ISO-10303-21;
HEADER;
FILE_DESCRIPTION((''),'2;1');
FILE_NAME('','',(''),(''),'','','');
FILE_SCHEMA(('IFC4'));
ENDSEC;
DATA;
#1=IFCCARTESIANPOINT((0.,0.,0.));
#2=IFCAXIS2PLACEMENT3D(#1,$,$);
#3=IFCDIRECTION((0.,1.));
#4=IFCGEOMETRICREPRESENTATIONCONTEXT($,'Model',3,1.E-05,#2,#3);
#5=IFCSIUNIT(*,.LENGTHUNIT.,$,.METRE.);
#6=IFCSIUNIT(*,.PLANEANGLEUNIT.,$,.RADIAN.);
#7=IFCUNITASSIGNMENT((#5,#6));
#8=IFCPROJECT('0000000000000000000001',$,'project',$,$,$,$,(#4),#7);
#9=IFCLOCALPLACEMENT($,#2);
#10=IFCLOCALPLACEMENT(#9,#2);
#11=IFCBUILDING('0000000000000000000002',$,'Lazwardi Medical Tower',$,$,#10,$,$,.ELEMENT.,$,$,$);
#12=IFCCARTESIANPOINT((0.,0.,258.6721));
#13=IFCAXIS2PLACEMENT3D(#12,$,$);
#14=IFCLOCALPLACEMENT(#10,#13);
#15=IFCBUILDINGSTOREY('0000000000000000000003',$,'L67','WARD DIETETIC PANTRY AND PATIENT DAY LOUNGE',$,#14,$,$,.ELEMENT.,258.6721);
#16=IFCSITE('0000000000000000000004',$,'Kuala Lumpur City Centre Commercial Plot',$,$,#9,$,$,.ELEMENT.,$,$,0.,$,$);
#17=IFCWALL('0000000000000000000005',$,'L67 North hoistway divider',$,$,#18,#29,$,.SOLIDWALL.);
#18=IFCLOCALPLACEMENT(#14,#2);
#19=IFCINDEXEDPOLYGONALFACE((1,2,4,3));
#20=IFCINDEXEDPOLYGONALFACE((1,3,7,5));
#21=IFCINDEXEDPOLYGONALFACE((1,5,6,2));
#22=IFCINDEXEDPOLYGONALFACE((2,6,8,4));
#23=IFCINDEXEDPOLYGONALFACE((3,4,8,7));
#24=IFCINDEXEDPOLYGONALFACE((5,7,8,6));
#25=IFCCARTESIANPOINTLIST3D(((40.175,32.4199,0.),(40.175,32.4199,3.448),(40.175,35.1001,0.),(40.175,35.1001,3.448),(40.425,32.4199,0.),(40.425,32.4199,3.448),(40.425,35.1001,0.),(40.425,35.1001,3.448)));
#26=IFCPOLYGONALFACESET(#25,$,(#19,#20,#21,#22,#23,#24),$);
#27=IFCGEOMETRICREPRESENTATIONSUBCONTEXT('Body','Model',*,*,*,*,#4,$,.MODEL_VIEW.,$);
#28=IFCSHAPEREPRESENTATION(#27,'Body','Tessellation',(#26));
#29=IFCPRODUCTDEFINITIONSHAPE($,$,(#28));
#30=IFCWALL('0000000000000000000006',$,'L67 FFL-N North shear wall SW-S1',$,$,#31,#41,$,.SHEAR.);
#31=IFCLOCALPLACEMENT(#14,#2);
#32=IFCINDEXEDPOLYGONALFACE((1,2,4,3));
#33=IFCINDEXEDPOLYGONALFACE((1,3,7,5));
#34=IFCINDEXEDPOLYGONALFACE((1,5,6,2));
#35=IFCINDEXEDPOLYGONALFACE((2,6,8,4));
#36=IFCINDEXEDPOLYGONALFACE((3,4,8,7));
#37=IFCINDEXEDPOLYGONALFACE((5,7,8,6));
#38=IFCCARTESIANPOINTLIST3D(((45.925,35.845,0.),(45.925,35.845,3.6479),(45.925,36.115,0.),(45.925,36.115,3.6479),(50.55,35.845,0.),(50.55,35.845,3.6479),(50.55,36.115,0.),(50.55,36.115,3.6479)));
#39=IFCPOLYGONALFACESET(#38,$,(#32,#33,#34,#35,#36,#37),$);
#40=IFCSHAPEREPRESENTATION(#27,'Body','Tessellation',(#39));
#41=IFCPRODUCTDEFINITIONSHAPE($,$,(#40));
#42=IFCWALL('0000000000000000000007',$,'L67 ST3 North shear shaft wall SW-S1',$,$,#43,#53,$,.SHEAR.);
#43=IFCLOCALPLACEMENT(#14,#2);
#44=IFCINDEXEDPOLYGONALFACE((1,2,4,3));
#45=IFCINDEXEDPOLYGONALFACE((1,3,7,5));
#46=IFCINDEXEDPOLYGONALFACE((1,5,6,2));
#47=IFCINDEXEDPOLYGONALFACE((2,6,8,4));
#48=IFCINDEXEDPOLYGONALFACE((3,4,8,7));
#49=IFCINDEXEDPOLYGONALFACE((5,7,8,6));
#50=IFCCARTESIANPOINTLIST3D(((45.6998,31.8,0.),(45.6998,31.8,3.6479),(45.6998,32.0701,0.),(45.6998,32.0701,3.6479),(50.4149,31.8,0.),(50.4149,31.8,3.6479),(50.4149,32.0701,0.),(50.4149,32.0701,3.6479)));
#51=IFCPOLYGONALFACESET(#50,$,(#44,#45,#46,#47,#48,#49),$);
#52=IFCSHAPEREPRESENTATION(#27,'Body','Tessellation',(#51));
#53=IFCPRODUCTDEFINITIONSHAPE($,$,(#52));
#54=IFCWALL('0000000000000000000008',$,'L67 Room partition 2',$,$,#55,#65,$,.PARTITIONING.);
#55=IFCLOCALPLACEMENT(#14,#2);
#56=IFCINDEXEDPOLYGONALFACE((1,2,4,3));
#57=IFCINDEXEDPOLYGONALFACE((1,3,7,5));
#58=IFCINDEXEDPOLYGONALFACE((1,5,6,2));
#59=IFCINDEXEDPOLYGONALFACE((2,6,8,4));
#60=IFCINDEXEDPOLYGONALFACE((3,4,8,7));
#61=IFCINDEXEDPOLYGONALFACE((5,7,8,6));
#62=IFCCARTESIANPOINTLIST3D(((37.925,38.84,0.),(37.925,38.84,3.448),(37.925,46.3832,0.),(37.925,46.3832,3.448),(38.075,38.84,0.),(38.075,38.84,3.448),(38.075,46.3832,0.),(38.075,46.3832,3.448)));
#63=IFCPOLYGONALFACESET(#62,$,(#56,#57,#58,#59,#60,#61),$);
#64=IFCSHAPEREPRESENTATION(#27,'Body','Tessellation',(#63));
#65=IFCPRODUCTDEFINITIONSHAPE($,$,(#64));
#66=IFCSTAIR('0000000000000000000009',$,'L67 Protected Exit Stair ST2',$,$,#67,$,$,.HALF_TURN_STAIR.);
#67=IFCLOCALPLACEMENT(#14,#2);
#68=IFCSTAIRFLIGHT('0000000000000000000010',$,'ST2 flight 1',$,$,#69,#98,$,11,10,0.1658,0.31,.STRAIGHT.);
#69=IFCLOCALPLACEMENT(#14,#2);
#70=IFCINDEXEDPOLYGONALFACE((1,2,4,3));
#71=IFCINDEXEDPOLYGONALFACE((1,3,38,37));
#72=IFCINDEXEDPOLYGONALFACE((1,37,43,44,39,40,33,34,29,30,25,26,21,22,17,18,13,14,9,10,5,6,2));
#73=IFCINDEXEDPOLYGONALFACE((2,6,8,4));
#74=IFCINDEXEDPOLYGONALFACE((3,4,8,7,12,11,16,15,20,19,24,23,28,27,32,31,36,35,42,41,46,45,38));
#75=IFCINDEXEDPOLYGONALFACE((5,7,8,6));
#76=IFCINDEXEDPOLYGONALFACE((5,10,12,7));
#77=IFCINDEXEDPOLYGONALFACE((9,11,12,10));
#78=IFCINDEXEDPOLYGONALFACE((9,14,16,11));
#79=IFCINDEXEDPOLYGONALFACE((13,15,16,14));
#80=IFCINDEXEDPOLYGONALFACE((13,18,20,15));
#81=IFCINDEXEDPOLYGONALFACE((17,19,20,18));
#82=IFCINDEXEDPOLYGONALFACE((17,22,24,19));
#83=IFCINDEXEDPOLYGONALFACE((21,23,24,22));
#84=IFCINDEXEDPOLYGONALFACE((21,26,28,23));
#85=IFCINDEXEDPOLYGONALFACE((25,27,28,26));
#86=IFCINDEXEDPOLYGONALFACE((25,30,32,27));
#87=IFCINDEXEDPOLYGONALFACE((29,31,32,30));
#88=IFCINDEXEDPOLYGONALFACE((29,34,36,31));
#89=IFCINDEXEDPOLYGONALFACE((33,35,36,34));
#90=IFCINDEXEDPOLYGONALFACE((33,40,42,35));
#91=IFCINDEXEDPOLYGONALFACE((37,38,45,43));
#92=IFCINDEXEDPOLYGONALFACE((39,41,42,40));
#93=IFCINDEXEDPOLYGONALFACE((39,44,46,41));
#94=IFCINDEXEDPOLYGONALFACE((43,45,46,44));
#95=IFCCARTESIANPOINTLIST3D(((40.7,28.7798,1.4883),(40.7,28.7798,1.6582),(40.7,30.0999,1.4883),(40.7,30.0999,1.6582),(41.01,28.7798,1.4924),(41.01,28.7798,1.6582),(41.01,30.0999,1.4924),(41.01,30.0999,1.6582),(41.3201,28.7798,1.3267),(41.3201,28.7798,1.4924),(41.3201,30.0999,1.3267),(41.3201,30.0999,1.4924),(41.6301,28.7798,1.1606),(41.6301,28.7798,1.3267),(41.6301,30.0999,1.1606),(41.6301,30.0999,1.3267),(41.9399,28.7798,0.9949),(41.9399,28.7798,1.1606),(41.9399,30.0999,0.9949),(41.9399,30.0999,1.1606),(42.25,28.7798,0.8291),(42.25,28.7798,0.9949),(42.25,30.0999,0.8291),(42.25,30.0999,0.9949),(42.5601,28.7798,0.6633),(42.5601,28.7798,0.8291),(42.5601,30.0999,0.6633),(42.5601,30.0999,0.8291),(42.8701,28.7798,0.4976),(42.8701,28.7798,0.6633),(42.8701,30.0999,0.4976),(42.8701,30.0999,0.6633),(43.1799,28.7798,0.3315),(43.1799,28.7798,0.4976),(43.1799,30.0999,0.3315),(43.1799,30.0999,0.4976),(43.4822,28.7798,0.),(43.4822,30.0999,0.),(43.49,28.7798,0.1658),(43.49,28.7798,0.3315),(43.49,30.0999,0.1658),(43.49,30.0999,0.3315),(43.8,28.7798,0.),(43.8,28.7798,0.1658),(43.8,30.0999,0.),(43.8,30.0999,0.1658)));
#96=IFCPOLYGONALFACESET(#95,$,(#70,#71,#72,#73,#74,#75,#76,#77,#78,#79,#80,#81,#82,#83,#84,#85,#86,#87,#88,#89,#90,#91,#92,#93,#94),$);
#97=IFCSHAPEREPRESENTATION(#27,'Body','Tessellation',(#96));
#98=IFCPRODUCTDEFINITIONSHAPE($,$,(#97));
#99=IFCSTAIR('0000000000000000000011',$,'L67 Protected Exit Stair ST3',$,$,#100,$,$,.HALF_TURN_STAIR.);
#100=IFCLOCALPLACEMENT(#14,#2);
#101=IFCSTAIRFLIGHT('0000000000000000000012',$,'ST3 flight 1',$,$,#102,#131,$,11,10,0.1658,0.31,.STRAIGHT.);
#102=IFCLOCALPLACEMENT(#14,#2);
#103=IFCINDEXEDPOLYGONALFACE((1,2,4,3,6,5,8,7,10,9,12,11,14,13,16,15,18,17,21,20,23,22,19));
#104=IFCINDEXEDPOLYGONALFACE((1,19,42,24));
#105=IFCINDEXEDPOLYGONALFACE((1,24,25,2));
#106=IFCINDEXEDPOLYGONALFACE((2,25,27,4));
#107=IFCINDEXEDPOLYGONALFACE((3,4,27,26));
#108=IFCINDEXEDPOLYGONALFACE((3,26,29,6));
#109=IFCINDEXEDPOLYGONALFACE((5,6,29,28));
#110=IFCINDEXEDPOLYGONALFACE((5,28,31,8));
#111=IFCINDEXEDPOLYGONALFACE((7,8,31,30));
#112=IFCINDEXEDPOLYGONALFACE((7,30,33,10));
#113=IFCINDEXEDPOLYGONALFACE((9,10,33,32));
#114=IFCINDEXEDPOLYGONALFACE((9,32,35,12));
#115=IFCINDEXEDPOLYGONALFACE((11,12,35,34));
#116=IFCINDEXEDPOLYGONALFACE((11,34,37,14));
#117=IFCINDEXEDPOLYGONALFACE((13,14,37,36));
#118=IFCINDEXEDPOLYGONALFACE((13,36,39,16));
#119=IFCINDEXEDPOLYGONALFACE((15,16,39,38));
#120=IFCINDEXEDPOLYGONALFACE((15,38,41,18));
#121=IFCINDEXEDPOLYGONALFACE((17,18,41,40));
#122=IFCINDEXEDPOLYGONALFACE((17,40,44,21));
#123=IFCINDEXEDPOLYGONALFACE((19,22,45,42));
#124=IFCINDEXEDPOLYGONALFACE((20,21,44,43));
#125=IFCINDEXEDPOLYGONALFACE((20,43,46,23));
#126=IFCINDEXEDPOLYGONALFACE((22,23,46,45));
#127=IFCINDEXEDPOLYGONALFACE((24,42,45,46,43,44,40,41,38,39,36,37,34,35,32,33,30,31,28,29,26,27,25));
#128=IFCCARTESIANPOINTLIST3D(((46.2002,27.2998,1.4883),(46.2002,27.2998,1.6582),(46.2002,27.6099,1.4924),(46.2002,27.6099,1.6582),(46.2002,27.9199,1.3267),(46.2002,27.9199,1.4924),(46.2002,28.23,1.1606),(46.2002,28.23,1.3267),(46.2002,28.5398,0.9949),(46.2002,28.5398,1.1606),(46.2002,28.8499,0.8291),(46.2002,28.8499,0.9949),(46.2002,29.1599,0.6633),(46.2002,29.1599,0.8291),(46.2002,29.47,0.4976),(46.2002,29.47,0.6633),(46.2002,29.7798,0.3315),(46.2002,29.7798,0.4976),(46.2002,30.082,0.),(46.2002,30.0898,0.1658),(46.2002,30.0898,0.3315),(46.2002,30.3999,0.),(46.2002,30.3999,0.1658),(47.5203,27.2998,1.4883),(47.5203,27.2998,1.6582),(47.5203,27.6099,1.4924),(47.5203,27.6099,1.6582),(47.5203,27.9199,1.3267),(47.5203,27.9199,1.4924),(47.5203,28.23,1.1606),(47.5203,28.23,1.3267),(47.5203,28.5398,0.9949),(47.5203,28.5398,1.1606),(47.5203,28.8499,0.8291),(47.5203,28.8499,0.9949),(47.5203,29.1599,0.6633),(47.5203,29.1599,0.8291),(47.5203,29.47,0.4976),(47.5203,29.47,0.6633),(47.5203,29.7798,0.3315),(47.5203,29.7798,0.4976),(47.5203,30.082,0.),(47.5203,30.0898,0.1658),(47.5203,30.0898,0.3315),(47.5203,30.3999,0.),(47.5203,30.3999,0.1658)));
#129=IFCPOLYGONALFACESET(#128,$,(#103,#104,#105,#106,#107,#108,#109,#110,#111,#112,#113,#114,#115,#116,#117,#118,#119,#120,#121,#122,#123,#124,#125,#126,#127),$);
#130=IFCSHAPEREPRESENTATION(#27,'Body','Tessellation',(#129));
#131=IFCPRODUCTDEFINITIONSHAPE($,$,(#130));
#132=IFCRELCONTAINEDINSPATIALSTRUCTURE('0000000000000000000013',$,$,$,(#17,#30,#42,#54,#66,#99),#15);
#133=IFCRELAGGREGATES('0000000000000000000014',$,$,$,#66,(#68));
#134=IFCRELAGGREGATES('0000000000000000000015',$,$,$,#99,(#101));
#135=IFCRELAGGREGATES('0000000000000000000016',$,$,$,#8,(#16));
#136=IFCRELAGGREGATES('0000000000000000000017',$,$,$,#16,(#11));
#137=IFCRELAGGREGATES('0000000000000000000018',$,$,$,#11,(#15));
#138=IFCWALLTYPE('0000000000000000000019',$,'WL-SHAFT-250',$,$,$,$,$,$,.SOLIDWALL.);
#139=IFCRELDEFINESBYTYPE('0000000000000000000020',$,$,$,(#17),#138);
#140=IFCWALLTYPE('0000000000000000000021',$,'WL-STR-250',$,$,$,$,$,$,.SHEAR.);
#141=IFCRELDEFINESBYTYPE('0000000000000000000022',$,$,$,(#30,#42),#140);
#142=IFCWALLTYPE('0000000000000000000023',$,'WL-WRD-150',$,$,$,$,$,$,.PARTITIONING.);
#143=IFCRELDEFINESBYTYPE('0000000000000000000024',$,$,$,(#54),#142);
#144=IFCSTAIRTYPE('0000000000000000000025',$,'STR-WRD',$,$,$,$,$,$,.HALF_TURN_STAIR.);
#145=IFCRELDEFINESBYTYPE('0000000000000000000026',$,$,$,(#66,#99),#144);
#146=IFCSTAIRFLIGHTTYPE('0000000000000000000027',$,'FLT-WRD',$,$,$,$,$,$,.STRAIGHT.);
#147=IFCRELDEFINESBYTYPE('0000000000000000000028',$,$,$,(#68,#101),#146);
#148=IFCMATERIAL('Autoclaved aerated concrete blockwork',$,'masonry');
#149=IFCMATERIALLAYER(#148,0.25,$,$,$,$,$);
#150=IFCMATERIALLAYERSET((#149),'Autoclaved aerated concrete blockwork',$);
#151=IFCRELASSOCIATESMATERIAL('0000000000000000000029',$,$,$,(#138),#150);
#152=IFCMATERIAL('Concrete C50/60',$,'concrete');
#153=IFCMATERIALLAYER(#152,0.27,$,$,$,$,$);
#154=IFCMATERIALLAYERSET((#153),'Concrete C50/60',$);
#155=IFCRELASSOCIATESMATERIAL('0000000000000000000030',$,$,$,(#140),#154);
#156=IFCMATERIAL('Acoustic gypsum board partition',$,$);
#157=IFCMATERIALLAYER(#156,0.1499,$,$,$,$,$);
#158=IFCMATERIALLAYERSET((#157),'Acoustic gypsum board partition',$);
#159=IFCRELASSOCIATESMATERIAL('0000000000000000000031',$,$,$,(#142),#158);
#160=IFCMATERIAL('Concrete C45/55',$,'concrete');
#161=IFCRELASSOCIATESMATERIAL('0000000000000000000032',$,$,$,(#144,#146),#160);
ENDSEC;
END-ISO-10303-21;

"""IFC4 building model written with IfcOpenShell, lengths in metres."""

from ifc_helpers import new_model, si_unit, direction, frame, frame_2d, origin, place, context, subcontext, project, spatial, polyline, rectangle, outline, extrude, material, layer, layer_set, type_object, element, aggregate, save


model = new_model("IFC4")

# Units and contexts
model_context = context("Model", 3, precision=1e-05, world=origin(), true_north=direction((0.0, 1.0)))
body_context = subcontext(model_context, "Body", "Model", "MODEL_VIEW")
ifc_project = project(units=[si_unit("LENGTHUNIT", "METRE"), si_unit("PLANEANGLEUNIT", "RADIAN")], contexts=[model_context])

# Site, building, storey
site_placement = place(None, origin())
site = spatial("IfcSite", under=ifc_project, at=site_placement, Name="Kuala Lumpur City Centre Commercial Plot", CompositionType="ELEMENT", RefElevation=0.0)
building_placement = place(site_placement, origin())
building = spatial("IfcBuilding", under=site, at=building_placement, Name="Lazwardi Medical Tower", CompositionType="ELEMENT")
storey_placement = place(building_placement, frame((0.0, 0.0, 258.6721)))
storey = spatial("IfcBuildingStorey", under=building, at=storey_placement, Name="L67", Description="WARD DIETETIC PANTRY AND PATIENT DAY LOUNGE", CompositionType="ELEMENT", Elevation=258.6721)

# Wall
ifc_material_1 = material(Name="Autoclaved aerated concrete blockwork", Category="masonry")
ifc_layer_1 = layer(ifc_material_1, 0.25)
ifc_layer_set_1 = layer_set([ifc_layer_1], Name="Autoclaved aerated concrete blockwork")
wall_type_1 = type_object("IfcWallType", Name="WL-SHAFT-250", PredefinedType="SOLIDWALL", material=ifc_layer_set_1)
for number, where, z_axis, x_axis, name in (
    (1, (40.3, 32.4199, 0.0), (0.0, 0.0, 1.0), (0.0, 1.0, 0.0), "L67 North hoistway divider"),
):
    element("IfcWall", number, at=place(storey_placement, frame(where, z_axis=z_axis, x_axis=x_axis)), inside=storey, type_object=wall_type_1, Name=name, PredefinedType="SOLIDWALL", context=body_context, shape_type="SweptSolid", body=[
        extrude(rectangle(XDim=2.6802, YDim=0.25, at=frame_2d((1.3401, 0.0))), origin(), (0.0, 0.0, 1.0), 3.448),
    ])

# Shared definitions
ifc_material_2 = material(Name="Concrete C50/60", Category="concrete")
ifc_layer_2 = layer(ifc_material_2, 0.27)
ifc_layer_set_2 = layer_set([ifc_layer_2], Name="Concrete C50/60")
wall_type_2 = type_object("IfcWallType", Name="WL-STR-250", PredefinedType="SHEAR", material=ifc_layer_set_2)

# Walls
wall_1_placement = place(storey_placement, frame((45.925, 35.98, 0.0), z_axis=(0.0, 0.0, 1.0), x_axis=(1.0, 0.0, 0.0)))
element("IfcWall", 2, at=wall_1_placement, inside=storey, type_object=wall_type_2, Name="L67 FFL-N North shear wall SW-S1", PredefinedType="SHEAR", context=body_context, shape_type="SweptSolid", body=[
    extrude(rectangle(XDim=4.625, YDim=0.27, at=frame_2d((2.3125, 0.0))), origin(), (0.0, 0.0, 1.0), 3.6479),
])
wall_2_placement = place(storey_placement, frame((45.7, 31.9351, 0.0), z_axis=(0.0, 0.0, 1.0), x_axis=(1.0, 0.0, 0.0)))
element("IfcWall", 3, at=wall_2_placement, inside=storey, type_object=wall_type_2, Name="L67 ST3 North shear shaft wall SW-S1", PredefinedType="SHEAR", context=body_context, shape_type="SweptSolid", body=[
    extrude(rectangle(XDim=4.7151, YDim=0.27, at=frame_2d((2.3574, 0.0))), origin(), (0.0, 0.0, 1.0), 3.6479),
])
ifc_material_3 = material(Name="Acoustic gypsum board partition")
ifc_layer_3 = layer(ifc_material_3, 0.1499)
ifc_layer_set_3 = layer_set([ifc_layer_3], Name="Acoustic gypsum board partition")
wall_type_3 = type_object("IfcWallType", Name="WL-WRD-150", PredefinedType="PARTITIONING", material=ifc_layer_set_3)
wall_3_placement = place(storey_placement, frame((38.0, 38.8401, 0.0), z_axis=(0.0, 0.0, 1.0), x_axis=(0.0, 1.0, 0.0)))
element("IfcWall", 4, at=wall_3_placement, inside=storey, type_object=wall_type_3, Name="L67 Room partition 2", PredefinedType="PARTITIONING", context=body_context, shape_type="SweptSolid", body=[
    extrude(rectangle(XDim=7.5432, YDim=0.1499, at=frame_2d((3.7715, 0.0))), origin(), (0.0, 0.0, 1.0), 3.448),
])

# Stairs, stair flights
ifc_material_4 = material(Name="Concrete C45/55", Category="concrete")
stair_type = type_object("IfcStairType", Name="STR-WRD", PredefinedType="HALF_TURN_STAIR", material=ifc_material_4)
stair_1_placement = place(storey_placement, origin())
stair_1 = element("IfcStair", 5, at=stair_1_placement, inside=storey, type_object=stair_type, Name="L67 Protected Exit Stair ST2", PredefinedType="HALF_TURN_STAIR")
stair_flight_type = type_object("IfcStairFlightType", Name="FLT-WRD", PredefinedType="STRAIGHT", material=ifc_material_4)
stair_flight_1_placement = place(storey_placement, frame((43.8, 29.4399, 0.0), z_axis=(0.0, 0.0, 1.0), x_axis=(-1.0, 0.0, 0.0)))
stair_flight_1 = element("IfcStairFlight", 6, at=stair_flight_1_placement, type_object=stair_flight_type, Name="ST2 flight 1", NumberOfRisers=11, NumberOfTreads=10, PredefinedType="STRAIGHT", RiserHeight=0.1658, TreadLength=0.31, context=body_context, shape_type="SweptSolid", body=[
    extrude(outline(polyline([(0.0, 0.0), (0.0, 0.1658), (0.3101, 0.1658), (0.3101, 0.3315), (0.6201, 0.3315), (0.6201, 0.4976), (0.9299, 0.4976), (0.9299, 0.6633), (1.24, 0.6633), (1.24, 0.8291), (1.55, 0.8291), (1.55, 0.9949), (1.8601, 0.9949), (1.8601, 1.1606), (2.1699, 1.1606), (2.1699, 1.3267), (2.48, 1.3267), (2.48, 1.4924), (2.79, 1.4924), (2.79, 1.6582), (3.1001, 1.6582), (3.1001, 1.824), (3.1001, 1.4883), (0.3179, 0.0), (0.0, 0.0)])), frame((0.0, 0.6602, 0.0), z_axis=(0.0, -1.0, 0.0), x_axis=(1.0, 0.0, 0.0)), (0.0, 0.0, 1.0), 1.3201),
])
aggregate(stair_1, [stair_flight_1])
stair_2_placement = place(storey_placement, origin())
stair_2 = element("IfcStair", 7, at=stair_2_placement, inside=storey, type_object=stair_type, Name="L67 Protected Exit Stair ST3", PredefinedType="HALF_TURN_STAIR")
stair_flight_2_placement = place(storey_placement, frame((46.8601, 30.3999, 0.0), z_axis=(0.0, 0.0, 1.0), x_axis=(0.0, -1.0, 0.0)))
stair_flight_2 = element("IfcStairFlight", 8, at=stair_flight_2_placement, type_object=stair_flight_type, Name="ST3 flight 1", NumberOfRisers=11, NumberOfTreads=10, PredefinedType="STRAIGHT", RiserHeight=0.1658, TreadLength=0.31, context=body_context, shape_type="SweptSolid", body=[
    extrude(outline(polyline([(0.0, 0.0), (0.0, 0.1658), (0.3101, 0.1658), (0.3101, 0.3315), (0.6201, 0.3315), (0.6201, 0.4976), (0.9299, 0.4976), (0.9299, 0.6633), (1.24, 0.6633), (1.24, 0.8291), (1.55, 0.8291), (1.55, 0.9949), (1.8601, 0.9949), (1.8601, 1.1606), (2.1699, 1.1606), (2.1699, 1.3267), (2.48, 1.3267), (2.48, 1.4924), (2.79, 1.4924), (2.79, 1.6582), (3.1001, 1.6582), (3.1001, 1.824), (3.1001, 1.4883), (0.3179, 0.0), (0.0, 0.0)])), frame((0.0, 0.6602, 0.0), z_axis=(0.0, -1.0, 0.0), x_axis=(1.0, 0.0, 0.0)), (0.0, 0.0, 1.0), 1.3201),
])
aggregate(stair_2, [stair_flight_2])

save(model, "model.ifc")
